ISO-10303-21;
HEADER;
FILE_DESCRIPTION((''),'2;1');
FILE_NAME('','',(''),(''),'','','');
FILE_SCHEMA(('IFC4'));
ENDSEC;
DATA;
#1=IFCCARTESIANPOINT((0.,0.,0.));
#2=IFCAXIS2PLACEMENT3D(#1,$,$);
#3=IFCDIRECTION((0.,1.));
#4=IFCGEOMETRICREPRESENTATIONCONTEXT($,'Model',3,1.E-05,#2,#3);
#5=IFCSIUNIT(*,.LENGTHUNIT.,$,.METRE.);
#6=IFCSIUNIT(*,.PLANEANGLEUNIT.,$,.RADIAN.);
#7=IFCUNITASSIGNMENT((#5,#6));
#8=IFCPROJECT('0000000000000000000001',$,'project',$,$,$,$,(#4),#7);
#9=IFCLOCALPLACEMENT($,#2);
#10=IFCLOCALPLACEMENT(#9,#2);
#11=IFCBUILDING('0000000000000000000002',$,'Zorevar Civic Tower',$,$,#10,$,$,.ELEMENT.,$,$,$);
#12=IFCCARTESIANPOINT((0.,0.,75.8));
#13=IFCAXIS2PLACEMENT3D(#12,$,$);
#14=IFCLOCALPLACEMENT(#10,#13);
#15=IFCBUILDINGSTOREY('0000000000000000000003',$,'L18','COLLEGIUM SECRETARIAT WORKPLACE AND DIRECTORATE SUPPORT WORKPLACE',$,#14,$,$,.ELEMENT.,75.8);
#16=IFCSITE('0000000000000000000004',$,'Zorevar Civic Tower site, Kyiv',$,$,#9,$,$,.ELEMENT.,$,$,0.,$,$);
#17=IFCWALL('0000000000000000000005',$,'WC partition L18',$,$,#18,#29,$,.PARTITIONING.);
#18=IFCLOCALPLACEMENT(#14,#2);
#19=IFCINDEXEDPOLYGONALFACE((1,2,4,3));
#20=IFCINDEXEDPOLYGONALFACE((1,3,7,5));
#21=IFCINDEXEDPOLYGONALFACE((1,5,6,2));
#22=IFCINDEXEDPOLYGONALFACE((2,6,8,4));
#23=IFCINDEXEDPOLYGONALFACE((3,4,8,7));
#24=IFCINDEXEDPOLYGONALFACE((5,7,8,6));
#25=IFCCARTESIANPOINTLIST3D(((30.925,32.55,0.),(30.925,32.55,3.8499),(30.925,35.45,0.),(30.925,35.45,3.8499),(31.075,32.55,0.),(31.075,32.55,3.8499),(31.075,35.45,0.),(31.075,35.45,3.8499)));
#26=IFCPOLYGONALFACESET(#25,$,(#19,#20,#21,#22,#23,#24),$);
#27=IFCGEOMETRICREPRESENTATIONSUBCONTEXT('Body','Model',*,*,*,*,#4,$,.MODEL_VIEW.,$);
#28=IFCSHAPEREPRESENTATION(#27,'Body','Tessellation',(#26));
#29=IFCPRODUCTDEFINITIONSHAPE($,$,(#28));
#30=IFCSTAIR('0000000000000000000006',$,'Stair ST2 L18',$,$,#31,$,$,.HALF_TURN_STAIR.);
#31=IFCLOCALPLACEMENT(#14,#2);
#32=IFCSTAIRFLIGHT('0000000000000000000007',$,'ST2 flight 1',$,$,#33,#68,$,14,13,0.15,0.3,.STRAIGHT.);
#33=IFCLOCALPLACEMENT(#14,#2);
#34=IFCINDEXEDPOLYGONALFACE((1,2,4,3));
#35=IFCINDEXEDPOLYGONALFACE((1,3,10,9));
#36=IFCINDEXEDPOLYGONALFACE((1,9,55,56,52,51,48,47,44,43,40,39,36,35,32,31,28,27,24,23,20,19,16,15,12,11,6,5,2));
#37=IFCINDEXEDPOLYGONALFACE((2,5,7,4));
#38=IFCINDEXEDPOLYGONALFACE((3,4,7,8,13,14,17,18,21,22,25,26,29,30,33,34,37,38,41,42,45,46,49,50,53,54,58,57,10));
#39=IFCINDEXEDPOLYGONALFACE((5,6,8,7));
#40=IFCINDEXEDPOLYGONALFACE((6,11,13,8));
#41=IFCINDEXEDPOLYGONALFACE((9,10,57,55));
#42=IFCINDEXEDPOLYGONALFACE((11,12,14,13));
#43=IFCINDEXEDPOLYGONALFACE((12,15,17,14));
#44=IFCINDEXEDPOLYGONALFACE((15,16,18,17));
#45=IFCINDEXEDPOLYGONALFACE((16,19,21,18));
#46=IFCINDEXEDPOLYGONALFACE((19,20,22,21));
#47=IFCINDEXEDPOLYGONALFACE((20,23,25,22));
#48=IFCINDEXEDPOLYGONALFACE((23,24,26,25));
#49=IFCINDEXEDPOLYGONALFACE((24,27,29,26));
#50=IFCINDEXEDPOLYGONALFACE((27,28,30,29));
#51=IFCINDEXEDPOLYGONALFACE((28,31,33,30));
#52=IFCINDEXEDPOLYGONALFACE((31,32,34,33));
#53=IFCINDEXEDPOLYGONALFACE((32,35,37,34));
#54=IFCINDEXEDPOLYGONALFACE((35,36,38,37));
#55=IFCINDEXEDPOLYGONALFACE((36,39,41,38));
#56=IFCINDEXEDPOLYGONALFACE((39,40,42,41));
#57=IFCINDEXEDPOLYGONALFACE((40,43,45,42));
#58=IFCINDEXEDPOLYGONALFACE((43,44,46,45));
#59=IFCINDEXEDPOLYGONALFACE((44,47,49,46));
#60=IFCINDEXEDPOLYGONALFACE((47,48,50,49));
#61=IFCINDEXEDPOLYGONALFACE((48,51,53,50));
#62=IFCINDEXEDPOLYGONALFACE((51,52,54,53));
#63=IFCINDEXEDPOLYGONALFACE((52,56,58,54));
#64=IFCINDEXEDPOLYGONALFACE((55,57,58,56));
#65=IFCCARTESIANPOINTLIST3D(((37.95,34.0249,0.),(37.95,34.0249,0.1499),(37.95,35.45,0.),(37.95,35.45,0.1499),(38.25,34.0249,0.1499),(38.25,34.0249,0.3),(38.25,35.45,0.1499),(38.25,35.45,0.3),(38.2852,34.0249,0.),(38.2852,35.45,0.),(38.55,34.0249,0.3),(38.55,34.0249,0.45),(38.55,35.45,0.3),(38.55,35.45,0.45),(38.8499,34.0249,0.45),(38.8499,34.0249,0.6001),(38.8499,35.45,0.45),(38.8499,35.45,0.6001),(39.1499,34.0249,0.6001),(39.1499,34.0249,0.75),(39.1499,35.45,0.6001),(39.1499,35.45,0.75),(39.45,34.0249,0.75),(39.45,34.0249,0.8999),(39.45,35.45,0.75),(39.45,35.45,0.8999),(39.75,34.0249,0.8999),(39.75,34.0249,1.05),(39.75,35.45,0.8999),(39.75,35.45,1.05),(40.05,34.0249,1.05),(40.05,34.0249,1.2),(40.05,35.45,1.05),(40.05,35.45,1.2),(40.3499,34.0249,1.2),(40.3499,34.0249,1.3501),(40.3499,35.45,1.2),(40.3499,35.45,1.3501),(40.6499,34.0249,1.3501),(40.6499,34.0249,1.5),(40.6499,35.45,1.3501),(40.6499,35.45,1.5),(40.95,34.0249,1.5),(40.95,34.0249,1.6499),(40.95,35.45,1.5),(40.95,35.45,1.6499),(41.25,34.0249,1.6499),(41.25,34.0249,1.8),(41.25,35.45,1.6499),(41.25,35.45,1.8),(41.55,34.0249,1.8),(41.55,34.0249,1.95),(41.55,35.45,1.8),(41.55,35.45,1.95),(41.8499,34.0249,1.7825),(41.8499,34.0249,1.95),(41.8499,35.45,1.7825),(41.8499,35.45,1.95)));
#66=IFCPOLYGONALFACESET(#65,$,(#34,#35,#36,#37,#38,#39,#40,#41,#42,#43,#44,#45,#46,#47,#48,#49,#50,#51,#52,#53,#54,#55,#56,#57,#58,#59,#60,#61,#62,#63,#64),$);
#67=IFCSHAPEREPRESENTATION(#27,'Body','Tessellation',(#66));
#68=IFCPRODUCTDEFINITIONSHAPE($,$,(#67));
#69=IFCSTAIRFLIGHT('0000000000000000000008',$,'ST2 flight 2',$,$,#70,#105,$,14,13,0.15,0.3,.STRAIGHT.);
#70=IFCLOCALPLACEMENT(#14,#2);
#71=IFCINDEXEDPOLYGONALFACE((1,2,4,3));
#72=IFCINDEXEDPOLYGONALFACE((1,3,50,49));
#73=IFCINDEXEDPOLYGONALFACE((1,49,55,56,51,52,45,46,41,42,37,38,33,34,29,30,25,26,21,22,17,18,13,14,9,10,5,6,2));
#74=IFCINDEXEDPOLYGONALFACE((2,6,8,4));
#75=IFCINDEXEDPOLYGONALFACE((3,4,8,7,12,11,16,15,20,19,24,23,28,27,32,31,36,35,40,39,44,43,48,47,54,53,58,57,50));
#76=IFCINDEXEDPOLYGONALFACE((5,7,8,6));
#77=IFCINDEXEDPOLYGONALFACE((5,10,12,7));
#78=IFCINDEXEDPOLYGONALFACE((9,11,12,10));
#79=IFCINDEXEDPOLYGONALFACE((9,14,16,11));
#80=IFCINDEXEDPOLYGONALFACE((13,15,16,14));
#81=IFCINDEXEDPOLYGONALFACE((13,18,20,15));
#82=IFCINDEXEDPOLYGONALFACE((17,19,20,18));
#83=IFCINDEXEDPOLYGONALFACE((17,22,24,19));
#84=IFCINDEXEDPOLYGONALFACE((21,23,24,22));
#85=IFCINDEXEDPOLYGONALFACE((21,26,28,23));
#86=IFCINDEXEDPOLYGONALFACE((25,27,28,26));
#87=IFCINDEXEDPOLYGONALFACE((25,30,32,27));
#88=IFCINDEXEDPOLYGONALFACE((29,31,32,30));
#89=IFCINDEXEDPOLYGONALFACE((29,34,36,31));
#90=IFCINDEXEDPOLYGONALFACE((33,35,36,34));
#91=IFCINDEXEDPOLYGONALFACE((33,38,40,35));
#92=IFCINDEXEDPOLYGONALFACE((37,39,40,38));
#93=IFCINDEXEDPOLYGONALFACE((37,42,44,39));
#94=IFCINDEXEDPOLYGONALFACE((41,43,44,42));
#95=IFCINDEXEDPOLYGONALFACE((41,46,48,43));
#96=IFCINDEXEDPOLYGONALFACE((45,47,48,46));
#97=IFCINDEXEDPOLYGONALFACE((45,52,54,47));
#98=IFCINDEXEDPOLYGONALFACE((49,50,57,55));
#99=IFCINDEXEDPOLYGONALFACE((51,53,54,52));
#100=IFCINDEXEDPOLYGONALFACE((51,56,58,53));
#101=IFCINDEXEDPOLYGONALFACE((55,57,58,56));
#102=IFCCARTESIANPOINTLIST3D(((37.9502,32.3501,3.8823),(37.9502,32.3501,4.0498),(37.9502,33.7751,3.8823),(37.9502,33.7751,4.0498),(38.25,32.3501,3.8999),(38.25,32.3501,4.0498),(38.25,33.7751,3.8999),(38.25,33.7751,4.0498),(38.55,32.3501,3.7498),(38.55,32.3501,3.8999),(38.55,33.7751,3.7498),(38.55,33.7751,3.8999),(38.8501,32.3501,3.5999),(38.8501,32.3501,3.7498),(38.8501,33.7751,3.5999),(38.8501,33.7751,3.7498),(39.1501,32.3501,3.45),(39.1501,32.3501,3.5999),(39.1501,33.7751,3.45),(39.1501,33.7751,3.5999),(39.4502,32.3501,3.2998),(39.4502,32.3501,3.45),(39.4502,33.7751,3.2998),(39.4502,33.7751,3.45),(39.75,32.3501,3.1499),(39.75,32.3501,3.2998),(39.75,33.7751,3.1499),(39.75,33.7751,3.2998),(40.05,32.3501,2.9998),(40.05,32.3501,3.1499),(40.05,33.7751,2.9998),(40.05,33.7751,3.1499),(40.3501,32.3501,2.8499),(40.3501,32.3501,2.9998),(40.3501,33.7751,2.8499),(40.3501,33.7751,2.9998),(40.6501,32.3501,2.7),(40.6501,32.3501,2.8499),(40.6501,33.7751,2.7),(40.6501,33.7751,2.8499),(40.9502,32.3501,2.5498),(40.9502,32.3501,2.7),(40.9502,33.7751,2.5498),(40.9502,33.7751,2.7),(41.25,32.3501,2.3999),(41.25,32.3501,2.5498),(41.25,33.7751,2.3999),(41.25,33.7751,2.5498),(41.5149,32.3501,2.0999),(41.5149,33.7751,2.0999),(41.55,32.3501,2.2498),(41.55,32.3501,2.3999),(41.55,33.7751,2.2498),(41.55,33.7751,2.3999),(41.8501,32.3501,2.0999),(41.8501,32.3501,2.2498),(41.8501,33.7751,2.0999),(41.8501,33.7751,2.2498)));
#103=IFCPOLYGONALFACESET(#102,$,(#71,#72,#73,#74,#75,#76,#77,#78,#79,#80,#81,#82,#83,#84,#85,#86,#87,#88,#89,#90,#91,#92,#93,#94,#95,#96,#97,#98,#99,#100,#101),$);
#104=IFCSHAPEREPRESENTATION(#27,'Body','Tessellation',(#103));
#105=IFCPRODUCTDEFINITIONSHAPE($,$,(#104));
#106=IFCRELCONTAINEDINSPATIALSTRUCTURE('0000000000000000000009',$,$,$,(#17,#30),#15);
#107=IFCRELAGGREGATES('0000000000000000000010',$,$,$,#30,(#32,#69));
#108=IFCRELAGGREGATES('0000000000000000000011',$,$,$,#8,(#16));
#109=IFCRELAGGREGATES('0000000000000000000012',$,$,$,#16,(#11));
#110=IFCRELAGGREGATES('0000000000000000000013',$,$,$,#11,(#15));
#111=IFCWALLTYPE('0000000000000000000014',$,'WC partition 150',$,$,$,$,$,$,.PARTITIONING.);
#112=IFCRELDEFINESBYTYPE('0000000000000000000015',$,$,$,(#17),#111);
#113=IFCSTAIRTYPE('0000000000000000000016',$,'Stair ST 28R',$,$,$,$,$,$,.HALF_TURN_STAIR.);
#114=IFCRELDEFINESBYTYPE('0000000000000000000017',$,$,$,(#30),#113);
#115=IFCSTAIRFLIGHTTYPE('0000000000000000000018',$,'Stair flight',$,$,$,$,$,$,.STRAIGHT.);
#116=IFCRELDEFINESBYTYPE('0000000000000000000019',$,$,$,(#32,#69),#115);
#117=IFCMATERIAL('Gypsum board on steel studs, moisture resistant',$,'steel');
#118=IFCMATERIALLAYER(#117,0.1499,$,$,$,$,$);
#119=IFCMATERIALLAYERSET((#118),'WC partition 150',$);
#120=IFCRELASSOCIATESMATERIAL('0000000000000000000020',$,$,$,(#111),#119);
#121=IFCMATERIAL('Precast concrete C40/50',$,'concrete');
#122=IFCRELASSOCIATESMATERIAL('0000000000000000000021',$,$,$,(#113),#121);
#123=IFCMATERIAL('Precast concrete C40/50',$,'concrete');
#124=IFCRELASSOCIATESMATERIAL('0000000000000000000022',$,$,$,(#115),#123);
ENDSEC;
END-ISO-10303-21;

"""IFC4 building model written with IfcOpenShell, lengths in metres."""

from ifc_helpers import new_model, si_unit, direction, frame, frame_2d, origin, place, context, subcontext, project, spatial, polyline, rectangle, outline, extrude, material, layer, layer_set, type_object, element, aggregate, save


model = new_model("IFC4")

# Units and contexts
model_context = context("Model", 3, precision=1e-05, world=origin(), true_north=direction((0.0, 1.0)))
body_context = subcontext(model_context, "Body", "Model", "MODEL_VIEW")
ifc_project = project(units=[si_unit("LENGTHUNIT", "METRE"), si_unit("PLANEANGLEUNIT", "RADIAN")], contexts=[model_context])

# Site, building, storey
site_placement = place(None, origin())
site = spatial("IfcSite", under=ifc_project, at=site_placement, Name="Zorevar Civic Tower site, Kyiv", CompositionType="ELEMENT", RefElevation=0.0)
building_placement = place(site_placement, origin())
building = spatial("IfcBuilding", under=site, at=building_placement, Name="Zorevar Civic Tower", CompositionType="ELEMENT")
storey_placement = place(building_placement, frame((0.0, 0.0, 75.8)))
storey = spatial("IfcBuildingStorey", under=building, at=storey_placement, Name="L18", Description="COLLEGIUM SECRETARIAT WORKPLACE AND DIRECTORATE SUPPORT WORKPLACE", CompositionType="ELEMENT", Elevation=75.8)

# Wall
ifc_material_1 = material(Name="Gypsum board on steel studs, moisture resistant", Category="steel")
ifc_layer_1 = layer(ifc_material_1, 0.1499)
ifc_layer_set_1 = layer_set([ifc_layer_1], Name="WC partition 150")
wall_type_1 = type_object("IfcWallType", Name="WC partition 150", PredefinedType="PARTITIONING", material=ifc_layer_set_1)
wall_1_placement = place(storey_placement, frame((31.0, 32.55, 0.0), z_axis=(0.0, 0.0, 1.0), x_axis=(0.0, 1.0, 0.0)))
element("IfcWall", 1, at=wall_1_placement, inside=storey, type_object=wall_type_1, Name="WC partition L18", PredefinedType="PARTITIONING", context=body_context, shape_type="SweptSolid", body=[
    extrude(rectangle(XDim=2.8999, YDim=0.1499, at=frame_2d((1.45, 0.0))), origin(), (0.0, 0.0, 1.0), 3.8499),
])

# Stair, stair flights
ifc_material_2 = material(Name="Precast concrete C40/50", Category="concrete")
stair_type = type_object("IfcStairType", Name="Stair ST 28R", PredefinedType="HALF_TURN_STAIR", material=ifc_material_2)
stair_placement = place(storey_placement, origin())
stair = element("IfcStair", 2, at=stair_placement, inside=storey, type_object=stair_type, Name="Stair ST2 L18", PredefinedType="HALF_TURN_STAIR")
ifc_material_3 = material(Name="Precast concrete C40/50", Category="concrete")
stair_flight_type = type_object("IfcStairFlightType", Name="Stair flight", PredefinedType="STRAIGHT", material=ifc_material_3)
stair_flight_1_placement = place(storey_placement, frame((37.95, 34.7375, 0.0), z_axis=(0.0, 0.0, 1.0), x_axis=(1.0, 0.0, 0.0)))
stair_flight_1 = element("IfcStairFlight", 3, at=stair_flight_1_placement, type_object=stair_flight_type, Name="ST2 flight 1", NumberOfRisers=14, NumberOfTreads=13, PredefinedType="STRAIGHT", RiserHeight=0.15, TreadLength=0.3, context=body_context, shape_type="SweptSolid", body=[
    extrude(outline(polyline([(0.0, 0.0), (0.0, 0.1499), (0.3, 0.1499), (0.3, 0.3), (0.6001, 0.3), (0.6001, 0.45), (0.8999, 0.45), (0.8999, 0.6001), (1.2, 0.6001), (1.2, 0.75), (1.5, 0.75), (1.5, 0.8999), (1.8, 0.8999), (1.8, 1.05), (2.1001, 1.05), (2.1001, 1.2), (2.3999, 1.2), (2.3999, 1.3501), (2.7, 1.3501), (2.7, 1.5), (3.0, 1.5), (3.0, 1.6499), (3.3, 1.6499), (3.3, 1.8), (3.6001, 1.8), (3.6001, 1.95), (3.8999, 1.95), (3.8999, 2.1001), (3.8999, 1.7825), (0.3352, 0.0), (0.0, 0.0)])), frame((0.0, 0.7124, 0.0), z_axis=(0.0, -1.0, 0.0), x_axis=(1.0, 0.0, 0.0)), (0.0, 0.0, 1.0), 1.425),
])
stair_flight_2_placement = place(storey_placement, frame((41.8501, 33.0625, 2.0999), z_axis=(0.0, 0.0, 1.0), x_axis=(-1.0, 0.0, 0.0)))
stair_flight_2 = element("IfcStairFlight", 4, at=stair_flight_2_placement, type_object=stair_flight_type, Name="ST2 flight 2", NumberOfRisers=14, NumberOfTreads=13, PredefinedType="STRAIGHT", RiserHeight=0.15, TreadLength=0.3, context=body_context, shape_type="SweptSolid", body=[
    extrude(outline(polyline([(0.0, 0.0), (0.0, 0.1499), (0.3, 0.1499), (0.3, 0.3), (0.6001, 0.3), (0.6001, 0.45), (0.8999, 0.45), (0.8999, 0.6001), (1.2, 0.6001), (1.2, 0.75), (1.5, 0.75), (1.5, 0.8999), (1.8, 0.8999), (1.8, 1.05), (2.1001, 1.05), (2.1001, 1.2), (2.3999, 1.2), (2.3999, 1.3501), (2.7, 1.3501), (2.7, 1.5), (3.0, 1.5), (3.0, 1.6499), (3.3, 1.6499), (3.3, 1.8), (3.6001, 1.8), (3.6001, 1.95), (3.8999, 1.95), (3.8999, 2.1001), (3.8999, 1.7825), (0.3352, 0.0), (0.0, 0.0)])), frame((0.0, 0.7124, 0.0), z_axis=(0.0, -1.0, 0.0), x_axis=(1.0, 0.0, 0.0)), (0.0, 0.0, 1.0), 1.425),
])
aggregate(stair, [stair_flight_1, stair_flight_2])

save(model, "model.ifc")
